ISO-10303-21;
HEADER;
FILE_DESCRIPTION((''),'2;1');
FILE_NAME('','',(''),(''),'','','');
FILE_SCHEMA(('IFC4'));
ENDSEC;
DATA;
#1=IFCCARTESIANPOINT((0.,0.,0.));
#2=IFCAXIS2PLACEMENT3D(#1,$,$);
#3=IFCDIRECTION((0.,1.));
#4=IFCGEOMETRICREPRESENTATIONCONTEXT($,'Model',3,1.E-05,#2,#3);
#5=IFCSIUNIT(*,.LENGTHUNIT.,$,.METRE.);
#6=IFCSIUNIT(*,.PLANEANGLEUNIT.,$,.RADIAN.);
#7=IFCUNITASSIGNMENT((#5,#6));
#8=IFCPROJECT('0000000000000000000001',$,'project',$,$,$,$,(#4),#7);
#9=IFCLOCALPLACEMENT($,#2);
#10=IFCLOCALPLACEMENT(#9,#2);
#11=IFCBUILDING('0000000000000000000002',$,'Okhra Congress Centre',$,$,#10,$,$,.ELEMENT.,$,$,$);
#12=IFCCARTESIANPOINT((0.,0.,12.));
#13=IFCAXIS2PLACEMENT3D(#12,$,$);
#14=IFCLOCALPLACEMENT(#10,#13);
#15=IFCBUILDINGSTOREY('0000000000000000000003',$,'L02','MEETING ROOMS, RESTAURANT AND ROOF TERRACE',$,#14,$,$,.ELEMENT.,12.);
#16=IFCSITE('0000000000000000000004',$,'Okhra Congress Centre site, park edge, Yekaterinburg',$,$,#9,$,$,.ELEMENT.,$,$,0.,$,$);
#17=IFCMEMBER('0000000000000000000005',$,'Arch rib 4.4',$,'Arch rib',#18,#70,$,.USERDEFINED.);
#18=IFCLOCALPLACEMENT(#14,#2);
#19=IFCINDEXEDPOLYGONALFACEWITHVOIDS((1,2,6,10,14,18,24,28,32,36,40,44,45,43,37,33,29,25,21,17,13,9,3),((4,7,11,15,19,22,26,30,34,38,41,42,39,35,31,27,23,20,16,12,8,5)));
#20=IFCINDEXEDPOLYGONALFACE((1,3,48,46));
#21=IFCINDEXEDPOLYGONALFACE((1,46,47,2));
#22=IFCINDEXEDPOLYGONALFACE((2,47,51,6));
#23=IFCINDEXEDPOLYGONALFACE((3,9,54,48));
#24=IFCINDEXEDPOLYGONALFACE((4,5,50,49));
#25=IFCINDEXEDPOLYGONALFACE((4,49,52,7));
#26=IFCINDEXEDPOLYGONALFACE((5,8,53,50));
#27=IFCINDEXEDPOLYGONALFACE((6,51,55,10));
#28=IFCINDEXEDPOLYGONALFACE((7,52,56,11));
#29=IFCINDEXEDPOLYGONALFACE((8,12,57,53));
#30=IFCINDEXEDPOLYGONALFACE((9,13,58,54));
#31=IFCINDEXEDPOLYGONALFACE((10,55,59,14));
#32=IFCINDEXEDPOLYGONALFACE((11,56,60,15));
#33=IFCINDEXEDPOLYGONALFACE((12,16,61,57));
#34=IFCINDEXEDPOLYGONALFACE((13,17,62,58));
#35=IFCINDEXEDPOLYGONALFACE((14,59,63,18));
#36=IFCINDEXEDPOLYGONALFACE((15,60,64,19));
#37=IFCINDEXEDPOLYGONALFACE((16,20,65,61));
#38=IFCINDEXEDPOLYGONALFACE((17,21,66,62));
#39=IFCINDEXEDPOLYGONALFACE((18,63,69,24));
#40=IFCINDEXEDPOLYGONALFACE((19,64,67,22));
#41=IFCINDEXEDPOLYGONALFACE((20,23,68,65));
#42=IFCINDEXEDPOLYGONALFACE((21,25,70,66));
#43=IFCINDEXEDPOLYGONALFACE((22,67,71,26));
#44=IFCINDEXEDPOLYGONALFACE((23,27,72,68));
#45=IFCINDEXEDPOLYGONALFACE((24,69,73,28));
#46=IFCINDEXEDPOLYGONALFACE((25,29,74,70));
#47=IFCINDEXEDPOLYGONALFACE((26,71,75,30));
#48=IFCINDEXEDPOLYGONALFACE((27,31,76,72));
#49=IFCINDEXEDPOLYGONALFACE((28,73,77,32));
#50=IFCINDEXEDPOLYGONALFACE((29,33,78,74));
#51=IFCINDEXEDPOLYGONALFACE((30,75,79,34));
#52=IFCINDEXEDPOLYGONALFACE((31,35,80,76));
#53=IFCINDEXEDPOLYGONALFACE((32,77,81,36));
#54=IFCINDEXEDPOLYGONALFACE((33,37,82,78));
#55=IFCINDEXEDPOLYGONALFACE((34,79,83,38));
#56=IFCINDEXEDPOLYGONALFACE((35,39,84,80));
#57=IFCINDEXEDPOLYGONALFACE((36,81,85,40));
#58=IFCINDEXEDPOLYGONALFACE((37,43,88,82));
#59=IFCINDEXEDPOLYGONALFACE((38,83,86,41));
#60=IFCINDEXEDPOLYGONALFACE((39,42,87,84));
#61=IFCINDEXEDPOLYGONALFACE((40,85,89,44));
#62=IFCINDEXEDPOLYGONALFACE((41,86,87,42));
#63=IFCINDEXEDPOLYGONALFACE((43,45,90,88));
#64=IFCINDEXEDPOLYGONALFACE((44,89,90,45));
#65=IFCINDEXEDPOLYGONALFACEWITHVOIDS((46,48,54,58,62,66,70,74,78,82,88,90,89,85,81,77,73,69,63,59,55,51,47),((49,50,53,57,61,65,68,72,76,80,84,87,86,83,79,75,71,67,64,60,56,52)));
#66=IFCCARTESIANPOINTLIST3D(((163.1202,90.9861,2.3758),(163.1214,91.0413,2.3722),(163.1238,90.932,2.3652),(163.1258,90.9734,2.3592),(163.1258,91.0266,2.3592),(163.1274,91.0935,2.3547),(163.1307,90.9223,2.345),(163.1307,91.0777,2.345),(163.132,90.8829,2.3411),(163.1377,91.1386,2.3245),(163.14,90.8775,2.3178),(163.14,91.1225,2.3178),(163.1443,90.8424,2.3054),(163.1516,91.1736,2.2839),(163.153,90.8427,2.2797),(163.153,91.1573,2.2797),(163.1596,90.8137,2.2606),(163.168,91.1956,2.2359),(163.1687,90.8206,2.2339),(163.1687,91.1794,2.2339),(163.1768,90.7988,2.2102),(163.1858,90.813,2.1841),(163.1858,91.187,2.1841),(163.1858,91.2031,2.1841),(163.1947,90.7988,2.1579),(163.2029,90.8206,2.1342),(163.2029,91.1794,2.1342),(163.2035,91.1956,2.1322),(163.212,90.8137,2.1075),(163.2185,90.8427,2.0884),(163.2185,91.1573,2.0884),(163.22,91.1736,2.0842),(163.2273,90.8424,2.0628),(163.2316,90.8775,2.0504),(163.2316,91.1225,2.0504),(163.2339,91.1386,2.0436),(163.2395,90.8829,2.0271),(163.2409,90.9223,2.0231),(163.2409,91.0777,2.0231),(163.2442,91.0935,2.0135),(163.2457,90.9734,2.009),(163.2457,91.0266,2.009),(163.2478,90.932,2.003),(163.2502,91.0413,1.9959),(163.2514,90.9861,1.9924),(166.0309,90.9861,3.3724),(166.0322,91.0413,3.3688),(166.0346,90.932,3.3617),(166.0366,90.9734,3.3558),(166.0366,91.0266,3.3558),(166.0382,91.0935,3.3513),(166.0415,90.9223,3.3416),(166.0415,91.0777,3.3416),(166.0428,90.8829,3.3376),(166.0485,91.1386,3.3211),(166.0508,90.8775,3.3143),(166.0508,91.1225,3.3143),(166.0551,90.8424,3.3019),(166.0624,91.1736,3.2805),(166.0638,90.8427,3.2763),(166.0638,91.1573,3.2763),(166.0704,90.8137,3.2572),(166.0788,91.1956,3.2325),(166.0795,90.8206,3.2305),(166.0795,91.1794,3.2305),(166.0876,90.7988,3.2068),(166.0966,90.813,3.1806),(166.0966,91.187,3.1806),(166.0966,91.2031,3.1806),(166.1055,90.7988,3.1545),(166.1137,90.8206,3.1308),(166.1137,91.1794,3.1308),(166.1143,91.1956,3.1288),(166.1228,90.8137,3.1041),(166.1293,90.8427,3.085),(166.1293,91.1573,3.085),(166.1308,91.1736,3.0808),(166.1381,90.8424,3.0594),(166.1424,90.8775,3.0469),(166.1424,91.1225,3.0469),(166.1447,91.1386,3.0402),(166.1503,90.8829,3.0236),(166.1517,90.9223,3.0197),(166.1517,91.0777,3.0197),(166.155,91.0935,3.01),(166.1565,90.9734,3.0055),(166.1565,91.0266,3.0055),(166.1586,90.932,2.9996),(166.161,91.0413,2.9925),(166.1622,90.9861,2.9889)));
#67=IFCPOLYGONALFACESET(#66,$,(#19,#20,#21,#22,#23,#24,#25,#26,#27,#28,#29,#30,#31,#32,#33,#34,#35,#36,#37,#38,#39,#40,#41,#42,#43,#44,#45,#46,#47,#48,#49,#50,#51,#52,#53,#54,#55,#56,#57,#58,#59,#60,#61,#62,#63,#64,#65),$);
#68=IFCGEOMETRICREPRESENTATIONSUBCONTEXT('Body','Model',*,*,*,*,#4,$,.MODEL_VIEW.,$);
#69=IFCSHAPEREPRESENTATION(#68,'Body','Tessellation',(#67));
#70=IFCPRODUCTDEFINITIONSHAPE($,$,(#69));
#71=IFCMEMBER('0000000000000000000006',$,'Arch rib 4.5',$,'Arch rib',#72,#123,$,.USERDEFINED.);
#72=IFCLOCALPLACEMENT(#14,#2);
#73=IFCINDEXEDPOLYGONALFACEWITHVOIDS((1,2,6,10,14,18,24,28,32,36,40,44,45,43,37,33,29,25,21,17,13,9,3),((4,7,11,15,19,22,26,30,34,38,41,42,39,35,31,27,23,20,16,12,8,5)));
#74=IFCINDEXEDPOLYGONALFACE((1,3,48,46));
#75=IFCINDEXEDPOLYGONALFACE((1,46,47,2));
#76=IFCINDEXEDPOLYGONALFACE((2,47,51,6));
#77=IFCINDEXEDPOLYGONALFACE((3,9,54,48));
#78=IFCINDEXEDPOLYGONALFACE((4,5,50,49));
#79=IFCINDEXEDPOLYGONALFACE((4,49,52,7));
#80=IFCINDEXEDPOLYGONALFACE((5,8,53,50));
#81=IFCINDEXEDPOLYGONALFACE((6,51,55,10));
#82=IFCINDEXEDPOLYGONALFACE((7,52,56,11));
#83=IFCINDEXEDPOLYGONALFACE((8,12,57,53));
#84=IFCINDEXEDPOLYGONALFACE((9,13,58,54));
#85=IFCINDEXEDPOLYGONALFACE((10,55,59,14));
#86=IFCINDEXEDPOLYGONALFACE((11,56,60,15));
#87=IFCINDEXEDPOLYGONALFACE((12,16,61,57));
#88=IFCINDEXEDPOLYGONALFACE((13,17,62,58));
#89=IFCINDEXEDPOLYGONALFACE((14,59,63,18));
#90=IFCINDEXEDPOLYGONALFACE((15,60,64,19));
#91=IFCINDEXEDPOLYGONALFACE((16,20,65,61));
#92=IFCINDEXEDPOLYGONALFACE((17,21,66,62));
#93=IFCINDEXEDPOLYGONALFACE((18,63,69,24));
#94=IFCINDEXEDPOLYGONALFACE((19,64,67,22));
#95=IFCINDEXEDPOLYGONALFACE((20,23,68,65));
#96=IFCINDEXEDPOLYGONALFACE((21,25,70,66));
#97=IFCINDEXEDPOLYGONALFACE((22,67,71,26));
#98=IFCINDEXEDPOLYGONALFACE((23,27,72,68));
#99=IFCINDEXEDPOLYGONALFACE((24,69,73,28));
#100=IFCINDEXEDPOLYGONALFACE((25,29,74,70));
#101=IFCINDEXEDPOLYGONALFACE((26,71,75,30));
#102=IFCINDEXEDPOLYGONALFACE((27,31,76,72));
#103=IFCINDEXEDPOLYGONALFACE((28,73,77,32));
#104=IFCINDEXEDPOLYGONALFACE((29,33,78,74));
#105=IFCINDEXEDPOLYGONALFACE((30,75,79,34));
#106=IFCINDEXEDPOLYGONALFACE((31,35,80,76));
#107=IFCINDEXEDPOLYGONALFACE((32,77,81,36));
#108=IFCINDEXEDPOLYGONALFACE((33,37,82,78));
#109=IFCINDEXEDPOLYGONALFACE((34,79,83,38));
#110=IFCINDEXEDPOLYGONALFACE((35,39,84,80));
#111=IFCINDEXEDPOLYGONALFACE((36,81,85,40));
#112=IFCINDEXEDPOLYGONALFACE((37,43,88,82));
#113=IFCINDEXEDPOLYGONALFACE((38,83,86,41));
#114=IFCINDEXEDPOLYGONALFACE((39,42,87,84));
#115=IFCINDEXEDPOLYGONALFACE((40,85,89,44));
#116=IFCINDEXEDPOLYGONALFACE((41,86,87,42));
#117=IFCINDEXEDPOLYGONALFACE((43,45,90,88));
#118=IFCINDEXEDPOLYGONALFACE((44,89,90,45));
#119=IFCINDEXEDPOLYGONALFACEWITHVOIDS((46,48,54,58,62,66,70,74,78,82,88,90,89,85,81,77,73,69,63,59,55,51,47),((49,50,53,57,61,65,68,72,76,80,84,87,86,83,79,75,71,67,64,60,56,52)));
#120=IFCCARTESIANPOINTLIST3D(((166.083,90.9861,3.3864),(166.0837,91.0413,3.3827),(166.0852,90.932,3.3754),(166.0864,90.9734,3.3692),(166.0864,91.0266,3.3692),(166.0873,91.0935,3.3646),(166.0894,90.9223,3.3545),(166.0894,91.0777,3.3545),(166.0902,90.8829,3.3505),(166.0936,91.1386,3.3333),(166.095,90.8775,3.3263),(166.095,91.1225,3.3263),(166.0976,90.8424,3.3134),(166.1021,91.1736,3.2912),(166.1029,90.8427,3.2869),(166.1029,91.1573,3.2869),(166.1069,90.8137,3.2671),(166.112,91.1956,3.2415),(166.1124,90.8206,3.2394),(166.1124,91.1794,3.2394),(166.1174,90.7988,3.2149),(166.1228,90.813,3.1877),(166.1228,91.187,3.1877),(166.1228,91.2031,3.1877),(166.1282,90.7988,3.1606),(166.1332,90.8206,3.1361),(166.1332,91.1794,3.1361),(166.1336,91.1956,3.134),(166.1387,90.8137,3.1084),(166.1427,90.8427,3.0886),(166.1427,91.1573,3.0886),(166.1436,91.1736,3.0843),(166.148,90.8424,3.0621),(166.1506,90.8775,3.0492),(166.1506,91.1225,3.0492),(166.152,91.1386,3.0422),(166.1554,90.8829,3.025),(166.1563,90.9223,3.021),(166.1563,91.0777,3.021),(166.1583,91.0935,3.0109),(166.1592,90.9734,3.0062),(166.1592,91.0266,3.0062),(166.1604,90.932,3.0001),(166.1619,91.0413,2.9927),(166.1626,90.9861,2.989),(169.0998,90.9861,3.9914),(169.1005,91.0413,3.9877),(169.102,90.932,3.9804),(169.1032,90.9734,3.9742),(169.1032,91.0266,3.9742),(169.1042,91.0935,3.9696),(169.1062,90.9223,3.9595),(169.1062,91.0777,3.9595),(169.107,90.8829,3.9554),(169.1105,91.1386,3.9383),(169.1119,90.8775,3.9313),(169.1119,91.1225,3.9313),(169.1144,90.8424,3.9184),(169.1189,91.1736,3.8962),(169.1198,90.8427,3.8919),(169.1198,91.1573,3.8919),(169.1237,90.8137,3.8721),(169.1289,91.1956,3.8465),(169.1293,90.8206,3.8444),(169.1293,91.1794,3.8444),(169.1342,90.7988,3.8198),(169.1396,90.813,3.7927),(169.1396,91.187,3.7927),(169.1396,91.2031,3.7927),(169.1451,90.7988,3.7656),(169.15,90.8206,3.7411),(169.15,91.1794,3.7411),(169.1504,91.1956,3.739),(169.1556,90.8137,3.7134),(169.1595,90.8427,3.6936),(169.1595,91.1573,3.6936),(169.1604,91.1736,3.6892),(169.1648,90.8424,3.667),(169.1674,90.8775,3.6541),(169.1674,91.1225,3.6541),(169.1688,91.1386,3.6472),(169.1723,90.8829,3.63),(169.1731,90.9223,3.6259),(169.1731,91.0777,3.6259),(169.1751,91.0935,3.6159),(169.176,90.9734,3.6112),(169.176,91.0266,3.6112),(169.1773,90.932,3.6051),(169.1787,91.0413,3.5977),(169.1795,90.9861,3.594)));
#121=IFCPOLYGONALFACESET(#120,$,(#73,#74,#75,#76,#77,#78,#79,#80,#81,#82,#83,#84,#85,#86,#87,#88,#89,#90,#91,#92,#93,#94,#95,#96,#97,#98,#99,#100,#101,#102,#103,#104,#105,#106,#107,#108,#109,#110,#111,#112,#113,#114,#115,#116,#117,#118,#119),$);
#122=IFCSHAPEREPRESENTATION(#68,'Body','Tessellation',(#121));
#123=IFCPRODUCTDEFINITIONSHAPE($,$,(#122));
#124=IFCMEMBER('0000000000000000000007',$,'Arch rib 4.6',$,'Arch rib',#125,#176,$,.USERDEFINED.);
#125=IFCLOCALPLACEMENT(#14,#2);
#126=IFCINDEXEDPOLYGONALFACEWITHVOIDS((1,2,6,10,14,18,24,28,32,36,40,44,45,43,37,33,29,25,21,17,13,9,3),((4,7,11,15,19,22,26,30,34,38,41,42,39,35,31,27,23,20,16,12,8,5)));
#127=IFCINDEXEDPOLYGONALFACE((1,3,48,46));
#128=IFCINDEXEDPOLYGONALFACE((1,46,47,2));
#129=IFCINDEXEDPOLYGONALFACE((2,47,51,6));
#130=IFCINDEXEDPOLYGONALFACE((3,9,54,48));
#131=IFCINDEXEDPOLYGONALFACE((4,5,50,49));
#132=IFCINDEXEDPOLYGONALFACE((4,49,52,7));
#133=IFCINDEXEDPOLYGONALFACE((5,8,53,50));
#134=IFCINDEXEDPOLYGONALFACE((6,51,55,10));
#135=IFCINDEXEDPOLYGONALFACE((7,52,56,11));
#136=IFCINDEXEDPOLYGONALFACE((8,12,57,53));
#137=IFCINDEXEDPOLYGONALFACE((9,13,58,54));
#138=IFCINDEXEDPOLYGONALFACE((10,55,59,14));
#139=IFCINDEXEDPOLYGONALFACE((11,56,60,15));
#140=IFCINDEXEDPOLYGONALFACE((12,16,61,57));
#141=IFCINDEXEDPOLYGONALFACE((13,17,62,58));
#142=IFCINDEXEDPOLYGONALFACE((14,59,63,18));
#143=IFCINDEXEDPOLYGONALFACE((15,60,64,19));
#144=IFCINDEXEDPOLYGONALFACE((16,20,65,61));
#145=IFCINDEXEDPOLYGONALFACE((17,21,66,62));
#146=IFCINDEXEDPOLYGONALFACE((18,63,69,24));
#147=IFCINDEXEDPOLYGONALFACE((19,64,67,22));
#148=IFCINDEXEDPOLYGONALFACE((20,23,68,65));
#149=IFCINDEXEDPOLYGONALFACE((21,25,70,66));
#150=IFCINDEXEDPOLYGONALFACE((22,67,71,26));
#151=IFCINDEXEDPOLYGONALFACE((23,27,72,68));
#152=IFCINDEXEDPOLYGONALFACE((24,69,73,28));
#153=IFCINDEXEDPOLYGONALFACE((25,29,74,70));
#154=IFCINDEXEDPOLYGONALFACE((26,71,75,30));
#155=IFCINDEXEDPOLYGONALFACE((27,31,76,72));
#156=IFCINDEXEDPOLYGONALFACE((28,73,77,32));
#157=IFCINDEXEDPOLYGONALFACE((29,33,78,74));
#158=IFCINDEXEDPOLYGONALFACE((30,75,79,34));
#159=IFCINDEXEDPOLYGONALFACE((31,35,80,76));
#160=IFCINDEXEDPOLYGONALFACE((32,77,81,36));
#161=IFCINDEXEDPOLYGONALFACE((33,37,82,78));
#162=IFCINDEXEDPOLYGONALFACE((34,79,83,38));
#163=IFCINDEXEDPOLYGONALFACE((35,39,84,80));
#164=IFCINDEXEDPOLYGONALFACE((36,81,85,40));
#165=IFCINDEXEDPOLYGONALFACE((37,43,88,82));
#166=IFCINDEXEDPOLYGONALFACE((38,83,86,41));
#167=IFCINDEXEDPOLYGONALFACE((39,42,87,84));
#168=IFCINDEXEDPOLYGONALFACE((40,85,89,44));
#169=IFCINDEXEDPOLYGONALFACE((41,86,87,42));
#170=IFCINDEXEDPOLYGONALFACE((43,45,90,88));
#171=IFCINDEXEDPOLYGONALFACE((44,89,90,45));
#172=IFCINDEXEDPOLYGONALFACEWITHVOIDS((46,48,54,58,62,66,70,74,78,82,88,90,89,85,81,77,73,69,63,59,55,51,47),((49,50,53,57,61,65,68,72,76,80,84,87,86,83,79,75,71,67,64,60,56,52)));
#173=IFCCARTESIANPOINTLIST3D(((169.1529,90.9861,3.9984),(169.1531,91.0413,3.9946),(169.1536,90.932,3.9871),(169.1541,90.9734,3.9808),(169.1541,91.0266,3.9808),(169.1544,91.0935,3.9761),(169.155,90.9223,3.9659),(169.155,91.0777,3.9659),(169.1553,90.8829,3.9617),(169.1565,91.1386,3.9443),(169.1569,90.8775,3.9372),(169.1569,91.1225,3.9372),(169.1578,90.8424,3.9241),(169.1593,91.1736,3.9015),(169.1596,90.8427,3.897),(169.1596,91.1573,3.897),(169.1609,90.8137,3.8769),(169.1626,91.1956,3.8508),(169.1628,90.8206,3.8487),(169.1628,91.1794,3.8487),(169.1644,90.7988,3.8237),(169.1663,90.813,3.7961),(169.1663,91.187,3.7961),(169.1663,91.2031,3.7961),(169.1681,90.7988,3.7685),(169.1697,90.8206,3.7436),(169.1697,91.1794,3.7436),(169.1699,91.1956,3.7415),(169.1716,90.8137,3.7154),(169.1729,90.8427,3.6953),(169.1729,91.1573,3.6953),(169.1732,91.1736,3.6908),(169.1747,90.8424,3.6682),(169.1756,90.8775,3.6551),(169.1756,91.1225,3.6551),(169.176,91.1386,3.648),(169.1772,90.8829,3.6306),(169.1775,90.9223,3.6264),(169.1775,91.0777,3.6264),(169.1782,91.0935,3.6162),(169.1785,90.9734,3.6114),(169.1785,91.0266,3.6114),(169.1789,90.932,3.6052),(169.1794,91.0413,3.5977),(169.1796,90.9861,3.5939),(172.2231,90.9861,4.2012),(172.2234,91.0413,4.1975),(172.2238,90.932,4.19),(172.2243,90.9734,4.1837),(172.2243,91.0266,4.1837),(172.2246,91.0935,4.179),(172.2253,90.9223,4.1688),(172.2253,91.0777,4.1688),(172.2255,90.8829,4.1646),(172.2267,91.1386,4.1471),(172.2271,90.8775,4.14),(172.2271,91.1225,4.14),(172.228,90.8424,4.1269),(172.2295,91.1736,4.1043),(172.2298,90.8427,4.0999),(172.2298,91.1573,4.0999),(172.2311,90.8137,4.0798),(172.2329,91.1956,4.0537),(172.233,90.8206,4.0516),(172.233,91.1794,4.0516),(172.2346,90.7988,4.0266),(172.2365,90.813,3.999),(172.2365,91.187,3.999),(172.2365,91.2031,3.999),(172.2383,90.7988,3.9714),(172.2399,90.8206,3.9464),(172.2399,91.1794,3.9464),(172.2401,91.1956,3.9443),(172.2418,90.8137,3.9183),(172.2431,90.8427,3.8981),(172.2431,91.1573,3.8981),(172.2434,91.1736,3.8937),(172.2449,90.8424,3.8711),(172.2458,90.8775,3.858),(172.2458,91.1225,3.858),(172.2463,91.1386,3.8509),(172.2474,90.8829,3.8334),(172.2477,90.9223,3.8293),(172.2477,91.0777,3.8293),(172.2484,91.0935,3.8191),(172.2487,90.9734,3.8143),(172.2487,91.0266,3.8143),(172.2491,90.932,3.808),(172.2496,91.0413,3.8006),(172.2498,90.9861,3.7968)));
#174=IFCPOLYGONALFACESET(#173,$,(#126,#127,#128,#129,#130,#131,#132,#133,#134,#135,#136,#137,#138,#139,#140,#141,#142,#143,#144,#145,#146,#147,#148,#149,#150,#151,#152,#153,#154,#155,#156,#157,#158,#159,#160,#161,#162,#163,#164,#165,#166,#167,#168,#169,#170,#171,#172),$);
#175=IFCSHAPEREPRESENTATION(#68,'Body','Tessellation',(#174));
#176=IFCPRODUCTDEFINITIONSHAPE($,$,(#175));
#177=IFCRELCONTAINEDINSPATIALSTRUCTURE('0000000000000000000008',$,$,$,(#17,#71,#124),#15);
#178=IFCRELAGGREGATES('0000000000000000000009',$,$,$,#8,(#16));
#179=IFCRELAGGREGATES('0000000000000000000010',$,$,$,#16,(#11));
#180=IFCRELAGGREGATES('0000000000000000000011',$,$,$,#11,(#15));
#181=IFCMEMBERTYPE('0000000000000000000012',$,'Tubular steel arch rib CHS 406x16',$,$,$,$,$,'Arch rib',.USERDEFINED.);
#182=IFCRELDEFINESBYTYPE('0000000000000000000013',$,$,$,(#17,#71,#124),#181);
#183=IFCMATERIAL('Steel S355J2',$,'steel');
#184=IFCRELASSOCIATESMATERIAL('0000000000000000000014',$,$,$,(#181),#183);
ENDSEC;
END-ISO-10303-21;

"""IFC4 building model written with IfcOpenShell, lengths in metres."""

from ifc_helpers import new_model, si_unit, direction, frame, origin, origin_2d, place, context, subcontext, project, spatial, hollow_circle, extrude, material, material_profile, profile_set, type_object, element, save


model = new_model("IFC4")

# Units and contexts
model_context = context("Model", 3, precision=1e-05, world=origin(), true_north=direction((0.0, 1.0)))
body_context = subcontext(model_context, "Body", "Model", "MODEL_VIEW")
ifc_project = project(units=[si_unit("LENGTHUNIT", "METRE"), si_unit("PLANEANGLEUNIT", "RADIAN")], contexts=[model_context])

# Site, building, storey
site_placement = place(None, origin())
site = spatial("IfcSite", under=ifc_project, at=site_placement, Name="Okhra Congress Centre site, park edge, Yekaterinburg", CompositionType="ELEMENT", RefElevation=0.0)
building_placement = place(site_placement, origin())
building = spatial("IfcBuilding", under=site, at=building_placement, Name="Okhra Congress Centre", CompositionType="ELEMENT")
storey_placement = place(building_placement, frame((0.0, 0.0, 12.0)))
storey = spatial("IfcBuildingStorey", under=building, at=storey_placement, Name="L02", Description="MEETING ROOMS, RESTAURANT AND ROOF TERRACE", CompositionType="ELEMENT", Elevation=12.0)

# Members
ifc_material_1 = material(Name="Steel S355J2", Category="steel")
ifc_material_profile_1 = material_profile(ifc_material_1, hollow_circle(Radius=0.2031, WallThickness=0.0161, at=origin_2d()), Name="CHS 406.4x16")
ifc_profile_set_1 = profile_set([ifc_material_profile_1], Name="Steel S355J2")
member_type_1 = type_object("IfcMemberType", Name="Tubular steel arch rib CHS 406x16", ElementType="Arch rib", PredefinedType="USERDEFINED", material=ifc_profile_set_1)
for number, where, z_axis, x_axis, name in (
    (1, (163.1858, 91.0, 2.1841), (0.946089, 0.0, 0.323906), (0.0, 1.0, 0.0), "Arch rib 4.4"),
):
    element("IfcMember", number, at=place(storey_placement, frame(where, z_axis=z_axis, x_axis=x_axis)), inside=storey, type_object=member_type_1, Name=name, ObjectType="Arch rib", PredefinedType="USERDEFINED", context=body_context, shape_type="SweptSolid", body=[
        extrude(hollow_circle(Radius=0.2031, WallThickness=0.0161, at=origin_2d()), origin(), (0.0, 0.0, 1.0), 3.0767),
    ])
for number, where, z_axis, x_axis, name in (
    (2, (166.1228, 91.0, 3.1877), (0.98048, 0.0, 0.19662), (0.0, 1.0, 0.0), "Arch rib 4.5"),
    (3, (169.1663, 91.0, 3.7961), (0.997824, 0.0, 0.065934), (0.0, 1.0, 0.0), "Arch rib 4.6"),
):
    element("IfcMember", number, at=place(storey_placement, frame(where, z_axis=z_axis, x_axis=x_axis)), inside=storey, type_object=member_type_1, Name=name, ObjectType="Arch rib", PredefinedType="USERDEFINED", context=body_context, shape_type="SweptSolid", body=[
        extrude(hollow_circle(Radius=0.2031, WallThickness=0.0161, at=origin_2d()), origin(), (0.0, 0.0, 1.0), 3.0769),
    ])

save(model, "model.ifc")
